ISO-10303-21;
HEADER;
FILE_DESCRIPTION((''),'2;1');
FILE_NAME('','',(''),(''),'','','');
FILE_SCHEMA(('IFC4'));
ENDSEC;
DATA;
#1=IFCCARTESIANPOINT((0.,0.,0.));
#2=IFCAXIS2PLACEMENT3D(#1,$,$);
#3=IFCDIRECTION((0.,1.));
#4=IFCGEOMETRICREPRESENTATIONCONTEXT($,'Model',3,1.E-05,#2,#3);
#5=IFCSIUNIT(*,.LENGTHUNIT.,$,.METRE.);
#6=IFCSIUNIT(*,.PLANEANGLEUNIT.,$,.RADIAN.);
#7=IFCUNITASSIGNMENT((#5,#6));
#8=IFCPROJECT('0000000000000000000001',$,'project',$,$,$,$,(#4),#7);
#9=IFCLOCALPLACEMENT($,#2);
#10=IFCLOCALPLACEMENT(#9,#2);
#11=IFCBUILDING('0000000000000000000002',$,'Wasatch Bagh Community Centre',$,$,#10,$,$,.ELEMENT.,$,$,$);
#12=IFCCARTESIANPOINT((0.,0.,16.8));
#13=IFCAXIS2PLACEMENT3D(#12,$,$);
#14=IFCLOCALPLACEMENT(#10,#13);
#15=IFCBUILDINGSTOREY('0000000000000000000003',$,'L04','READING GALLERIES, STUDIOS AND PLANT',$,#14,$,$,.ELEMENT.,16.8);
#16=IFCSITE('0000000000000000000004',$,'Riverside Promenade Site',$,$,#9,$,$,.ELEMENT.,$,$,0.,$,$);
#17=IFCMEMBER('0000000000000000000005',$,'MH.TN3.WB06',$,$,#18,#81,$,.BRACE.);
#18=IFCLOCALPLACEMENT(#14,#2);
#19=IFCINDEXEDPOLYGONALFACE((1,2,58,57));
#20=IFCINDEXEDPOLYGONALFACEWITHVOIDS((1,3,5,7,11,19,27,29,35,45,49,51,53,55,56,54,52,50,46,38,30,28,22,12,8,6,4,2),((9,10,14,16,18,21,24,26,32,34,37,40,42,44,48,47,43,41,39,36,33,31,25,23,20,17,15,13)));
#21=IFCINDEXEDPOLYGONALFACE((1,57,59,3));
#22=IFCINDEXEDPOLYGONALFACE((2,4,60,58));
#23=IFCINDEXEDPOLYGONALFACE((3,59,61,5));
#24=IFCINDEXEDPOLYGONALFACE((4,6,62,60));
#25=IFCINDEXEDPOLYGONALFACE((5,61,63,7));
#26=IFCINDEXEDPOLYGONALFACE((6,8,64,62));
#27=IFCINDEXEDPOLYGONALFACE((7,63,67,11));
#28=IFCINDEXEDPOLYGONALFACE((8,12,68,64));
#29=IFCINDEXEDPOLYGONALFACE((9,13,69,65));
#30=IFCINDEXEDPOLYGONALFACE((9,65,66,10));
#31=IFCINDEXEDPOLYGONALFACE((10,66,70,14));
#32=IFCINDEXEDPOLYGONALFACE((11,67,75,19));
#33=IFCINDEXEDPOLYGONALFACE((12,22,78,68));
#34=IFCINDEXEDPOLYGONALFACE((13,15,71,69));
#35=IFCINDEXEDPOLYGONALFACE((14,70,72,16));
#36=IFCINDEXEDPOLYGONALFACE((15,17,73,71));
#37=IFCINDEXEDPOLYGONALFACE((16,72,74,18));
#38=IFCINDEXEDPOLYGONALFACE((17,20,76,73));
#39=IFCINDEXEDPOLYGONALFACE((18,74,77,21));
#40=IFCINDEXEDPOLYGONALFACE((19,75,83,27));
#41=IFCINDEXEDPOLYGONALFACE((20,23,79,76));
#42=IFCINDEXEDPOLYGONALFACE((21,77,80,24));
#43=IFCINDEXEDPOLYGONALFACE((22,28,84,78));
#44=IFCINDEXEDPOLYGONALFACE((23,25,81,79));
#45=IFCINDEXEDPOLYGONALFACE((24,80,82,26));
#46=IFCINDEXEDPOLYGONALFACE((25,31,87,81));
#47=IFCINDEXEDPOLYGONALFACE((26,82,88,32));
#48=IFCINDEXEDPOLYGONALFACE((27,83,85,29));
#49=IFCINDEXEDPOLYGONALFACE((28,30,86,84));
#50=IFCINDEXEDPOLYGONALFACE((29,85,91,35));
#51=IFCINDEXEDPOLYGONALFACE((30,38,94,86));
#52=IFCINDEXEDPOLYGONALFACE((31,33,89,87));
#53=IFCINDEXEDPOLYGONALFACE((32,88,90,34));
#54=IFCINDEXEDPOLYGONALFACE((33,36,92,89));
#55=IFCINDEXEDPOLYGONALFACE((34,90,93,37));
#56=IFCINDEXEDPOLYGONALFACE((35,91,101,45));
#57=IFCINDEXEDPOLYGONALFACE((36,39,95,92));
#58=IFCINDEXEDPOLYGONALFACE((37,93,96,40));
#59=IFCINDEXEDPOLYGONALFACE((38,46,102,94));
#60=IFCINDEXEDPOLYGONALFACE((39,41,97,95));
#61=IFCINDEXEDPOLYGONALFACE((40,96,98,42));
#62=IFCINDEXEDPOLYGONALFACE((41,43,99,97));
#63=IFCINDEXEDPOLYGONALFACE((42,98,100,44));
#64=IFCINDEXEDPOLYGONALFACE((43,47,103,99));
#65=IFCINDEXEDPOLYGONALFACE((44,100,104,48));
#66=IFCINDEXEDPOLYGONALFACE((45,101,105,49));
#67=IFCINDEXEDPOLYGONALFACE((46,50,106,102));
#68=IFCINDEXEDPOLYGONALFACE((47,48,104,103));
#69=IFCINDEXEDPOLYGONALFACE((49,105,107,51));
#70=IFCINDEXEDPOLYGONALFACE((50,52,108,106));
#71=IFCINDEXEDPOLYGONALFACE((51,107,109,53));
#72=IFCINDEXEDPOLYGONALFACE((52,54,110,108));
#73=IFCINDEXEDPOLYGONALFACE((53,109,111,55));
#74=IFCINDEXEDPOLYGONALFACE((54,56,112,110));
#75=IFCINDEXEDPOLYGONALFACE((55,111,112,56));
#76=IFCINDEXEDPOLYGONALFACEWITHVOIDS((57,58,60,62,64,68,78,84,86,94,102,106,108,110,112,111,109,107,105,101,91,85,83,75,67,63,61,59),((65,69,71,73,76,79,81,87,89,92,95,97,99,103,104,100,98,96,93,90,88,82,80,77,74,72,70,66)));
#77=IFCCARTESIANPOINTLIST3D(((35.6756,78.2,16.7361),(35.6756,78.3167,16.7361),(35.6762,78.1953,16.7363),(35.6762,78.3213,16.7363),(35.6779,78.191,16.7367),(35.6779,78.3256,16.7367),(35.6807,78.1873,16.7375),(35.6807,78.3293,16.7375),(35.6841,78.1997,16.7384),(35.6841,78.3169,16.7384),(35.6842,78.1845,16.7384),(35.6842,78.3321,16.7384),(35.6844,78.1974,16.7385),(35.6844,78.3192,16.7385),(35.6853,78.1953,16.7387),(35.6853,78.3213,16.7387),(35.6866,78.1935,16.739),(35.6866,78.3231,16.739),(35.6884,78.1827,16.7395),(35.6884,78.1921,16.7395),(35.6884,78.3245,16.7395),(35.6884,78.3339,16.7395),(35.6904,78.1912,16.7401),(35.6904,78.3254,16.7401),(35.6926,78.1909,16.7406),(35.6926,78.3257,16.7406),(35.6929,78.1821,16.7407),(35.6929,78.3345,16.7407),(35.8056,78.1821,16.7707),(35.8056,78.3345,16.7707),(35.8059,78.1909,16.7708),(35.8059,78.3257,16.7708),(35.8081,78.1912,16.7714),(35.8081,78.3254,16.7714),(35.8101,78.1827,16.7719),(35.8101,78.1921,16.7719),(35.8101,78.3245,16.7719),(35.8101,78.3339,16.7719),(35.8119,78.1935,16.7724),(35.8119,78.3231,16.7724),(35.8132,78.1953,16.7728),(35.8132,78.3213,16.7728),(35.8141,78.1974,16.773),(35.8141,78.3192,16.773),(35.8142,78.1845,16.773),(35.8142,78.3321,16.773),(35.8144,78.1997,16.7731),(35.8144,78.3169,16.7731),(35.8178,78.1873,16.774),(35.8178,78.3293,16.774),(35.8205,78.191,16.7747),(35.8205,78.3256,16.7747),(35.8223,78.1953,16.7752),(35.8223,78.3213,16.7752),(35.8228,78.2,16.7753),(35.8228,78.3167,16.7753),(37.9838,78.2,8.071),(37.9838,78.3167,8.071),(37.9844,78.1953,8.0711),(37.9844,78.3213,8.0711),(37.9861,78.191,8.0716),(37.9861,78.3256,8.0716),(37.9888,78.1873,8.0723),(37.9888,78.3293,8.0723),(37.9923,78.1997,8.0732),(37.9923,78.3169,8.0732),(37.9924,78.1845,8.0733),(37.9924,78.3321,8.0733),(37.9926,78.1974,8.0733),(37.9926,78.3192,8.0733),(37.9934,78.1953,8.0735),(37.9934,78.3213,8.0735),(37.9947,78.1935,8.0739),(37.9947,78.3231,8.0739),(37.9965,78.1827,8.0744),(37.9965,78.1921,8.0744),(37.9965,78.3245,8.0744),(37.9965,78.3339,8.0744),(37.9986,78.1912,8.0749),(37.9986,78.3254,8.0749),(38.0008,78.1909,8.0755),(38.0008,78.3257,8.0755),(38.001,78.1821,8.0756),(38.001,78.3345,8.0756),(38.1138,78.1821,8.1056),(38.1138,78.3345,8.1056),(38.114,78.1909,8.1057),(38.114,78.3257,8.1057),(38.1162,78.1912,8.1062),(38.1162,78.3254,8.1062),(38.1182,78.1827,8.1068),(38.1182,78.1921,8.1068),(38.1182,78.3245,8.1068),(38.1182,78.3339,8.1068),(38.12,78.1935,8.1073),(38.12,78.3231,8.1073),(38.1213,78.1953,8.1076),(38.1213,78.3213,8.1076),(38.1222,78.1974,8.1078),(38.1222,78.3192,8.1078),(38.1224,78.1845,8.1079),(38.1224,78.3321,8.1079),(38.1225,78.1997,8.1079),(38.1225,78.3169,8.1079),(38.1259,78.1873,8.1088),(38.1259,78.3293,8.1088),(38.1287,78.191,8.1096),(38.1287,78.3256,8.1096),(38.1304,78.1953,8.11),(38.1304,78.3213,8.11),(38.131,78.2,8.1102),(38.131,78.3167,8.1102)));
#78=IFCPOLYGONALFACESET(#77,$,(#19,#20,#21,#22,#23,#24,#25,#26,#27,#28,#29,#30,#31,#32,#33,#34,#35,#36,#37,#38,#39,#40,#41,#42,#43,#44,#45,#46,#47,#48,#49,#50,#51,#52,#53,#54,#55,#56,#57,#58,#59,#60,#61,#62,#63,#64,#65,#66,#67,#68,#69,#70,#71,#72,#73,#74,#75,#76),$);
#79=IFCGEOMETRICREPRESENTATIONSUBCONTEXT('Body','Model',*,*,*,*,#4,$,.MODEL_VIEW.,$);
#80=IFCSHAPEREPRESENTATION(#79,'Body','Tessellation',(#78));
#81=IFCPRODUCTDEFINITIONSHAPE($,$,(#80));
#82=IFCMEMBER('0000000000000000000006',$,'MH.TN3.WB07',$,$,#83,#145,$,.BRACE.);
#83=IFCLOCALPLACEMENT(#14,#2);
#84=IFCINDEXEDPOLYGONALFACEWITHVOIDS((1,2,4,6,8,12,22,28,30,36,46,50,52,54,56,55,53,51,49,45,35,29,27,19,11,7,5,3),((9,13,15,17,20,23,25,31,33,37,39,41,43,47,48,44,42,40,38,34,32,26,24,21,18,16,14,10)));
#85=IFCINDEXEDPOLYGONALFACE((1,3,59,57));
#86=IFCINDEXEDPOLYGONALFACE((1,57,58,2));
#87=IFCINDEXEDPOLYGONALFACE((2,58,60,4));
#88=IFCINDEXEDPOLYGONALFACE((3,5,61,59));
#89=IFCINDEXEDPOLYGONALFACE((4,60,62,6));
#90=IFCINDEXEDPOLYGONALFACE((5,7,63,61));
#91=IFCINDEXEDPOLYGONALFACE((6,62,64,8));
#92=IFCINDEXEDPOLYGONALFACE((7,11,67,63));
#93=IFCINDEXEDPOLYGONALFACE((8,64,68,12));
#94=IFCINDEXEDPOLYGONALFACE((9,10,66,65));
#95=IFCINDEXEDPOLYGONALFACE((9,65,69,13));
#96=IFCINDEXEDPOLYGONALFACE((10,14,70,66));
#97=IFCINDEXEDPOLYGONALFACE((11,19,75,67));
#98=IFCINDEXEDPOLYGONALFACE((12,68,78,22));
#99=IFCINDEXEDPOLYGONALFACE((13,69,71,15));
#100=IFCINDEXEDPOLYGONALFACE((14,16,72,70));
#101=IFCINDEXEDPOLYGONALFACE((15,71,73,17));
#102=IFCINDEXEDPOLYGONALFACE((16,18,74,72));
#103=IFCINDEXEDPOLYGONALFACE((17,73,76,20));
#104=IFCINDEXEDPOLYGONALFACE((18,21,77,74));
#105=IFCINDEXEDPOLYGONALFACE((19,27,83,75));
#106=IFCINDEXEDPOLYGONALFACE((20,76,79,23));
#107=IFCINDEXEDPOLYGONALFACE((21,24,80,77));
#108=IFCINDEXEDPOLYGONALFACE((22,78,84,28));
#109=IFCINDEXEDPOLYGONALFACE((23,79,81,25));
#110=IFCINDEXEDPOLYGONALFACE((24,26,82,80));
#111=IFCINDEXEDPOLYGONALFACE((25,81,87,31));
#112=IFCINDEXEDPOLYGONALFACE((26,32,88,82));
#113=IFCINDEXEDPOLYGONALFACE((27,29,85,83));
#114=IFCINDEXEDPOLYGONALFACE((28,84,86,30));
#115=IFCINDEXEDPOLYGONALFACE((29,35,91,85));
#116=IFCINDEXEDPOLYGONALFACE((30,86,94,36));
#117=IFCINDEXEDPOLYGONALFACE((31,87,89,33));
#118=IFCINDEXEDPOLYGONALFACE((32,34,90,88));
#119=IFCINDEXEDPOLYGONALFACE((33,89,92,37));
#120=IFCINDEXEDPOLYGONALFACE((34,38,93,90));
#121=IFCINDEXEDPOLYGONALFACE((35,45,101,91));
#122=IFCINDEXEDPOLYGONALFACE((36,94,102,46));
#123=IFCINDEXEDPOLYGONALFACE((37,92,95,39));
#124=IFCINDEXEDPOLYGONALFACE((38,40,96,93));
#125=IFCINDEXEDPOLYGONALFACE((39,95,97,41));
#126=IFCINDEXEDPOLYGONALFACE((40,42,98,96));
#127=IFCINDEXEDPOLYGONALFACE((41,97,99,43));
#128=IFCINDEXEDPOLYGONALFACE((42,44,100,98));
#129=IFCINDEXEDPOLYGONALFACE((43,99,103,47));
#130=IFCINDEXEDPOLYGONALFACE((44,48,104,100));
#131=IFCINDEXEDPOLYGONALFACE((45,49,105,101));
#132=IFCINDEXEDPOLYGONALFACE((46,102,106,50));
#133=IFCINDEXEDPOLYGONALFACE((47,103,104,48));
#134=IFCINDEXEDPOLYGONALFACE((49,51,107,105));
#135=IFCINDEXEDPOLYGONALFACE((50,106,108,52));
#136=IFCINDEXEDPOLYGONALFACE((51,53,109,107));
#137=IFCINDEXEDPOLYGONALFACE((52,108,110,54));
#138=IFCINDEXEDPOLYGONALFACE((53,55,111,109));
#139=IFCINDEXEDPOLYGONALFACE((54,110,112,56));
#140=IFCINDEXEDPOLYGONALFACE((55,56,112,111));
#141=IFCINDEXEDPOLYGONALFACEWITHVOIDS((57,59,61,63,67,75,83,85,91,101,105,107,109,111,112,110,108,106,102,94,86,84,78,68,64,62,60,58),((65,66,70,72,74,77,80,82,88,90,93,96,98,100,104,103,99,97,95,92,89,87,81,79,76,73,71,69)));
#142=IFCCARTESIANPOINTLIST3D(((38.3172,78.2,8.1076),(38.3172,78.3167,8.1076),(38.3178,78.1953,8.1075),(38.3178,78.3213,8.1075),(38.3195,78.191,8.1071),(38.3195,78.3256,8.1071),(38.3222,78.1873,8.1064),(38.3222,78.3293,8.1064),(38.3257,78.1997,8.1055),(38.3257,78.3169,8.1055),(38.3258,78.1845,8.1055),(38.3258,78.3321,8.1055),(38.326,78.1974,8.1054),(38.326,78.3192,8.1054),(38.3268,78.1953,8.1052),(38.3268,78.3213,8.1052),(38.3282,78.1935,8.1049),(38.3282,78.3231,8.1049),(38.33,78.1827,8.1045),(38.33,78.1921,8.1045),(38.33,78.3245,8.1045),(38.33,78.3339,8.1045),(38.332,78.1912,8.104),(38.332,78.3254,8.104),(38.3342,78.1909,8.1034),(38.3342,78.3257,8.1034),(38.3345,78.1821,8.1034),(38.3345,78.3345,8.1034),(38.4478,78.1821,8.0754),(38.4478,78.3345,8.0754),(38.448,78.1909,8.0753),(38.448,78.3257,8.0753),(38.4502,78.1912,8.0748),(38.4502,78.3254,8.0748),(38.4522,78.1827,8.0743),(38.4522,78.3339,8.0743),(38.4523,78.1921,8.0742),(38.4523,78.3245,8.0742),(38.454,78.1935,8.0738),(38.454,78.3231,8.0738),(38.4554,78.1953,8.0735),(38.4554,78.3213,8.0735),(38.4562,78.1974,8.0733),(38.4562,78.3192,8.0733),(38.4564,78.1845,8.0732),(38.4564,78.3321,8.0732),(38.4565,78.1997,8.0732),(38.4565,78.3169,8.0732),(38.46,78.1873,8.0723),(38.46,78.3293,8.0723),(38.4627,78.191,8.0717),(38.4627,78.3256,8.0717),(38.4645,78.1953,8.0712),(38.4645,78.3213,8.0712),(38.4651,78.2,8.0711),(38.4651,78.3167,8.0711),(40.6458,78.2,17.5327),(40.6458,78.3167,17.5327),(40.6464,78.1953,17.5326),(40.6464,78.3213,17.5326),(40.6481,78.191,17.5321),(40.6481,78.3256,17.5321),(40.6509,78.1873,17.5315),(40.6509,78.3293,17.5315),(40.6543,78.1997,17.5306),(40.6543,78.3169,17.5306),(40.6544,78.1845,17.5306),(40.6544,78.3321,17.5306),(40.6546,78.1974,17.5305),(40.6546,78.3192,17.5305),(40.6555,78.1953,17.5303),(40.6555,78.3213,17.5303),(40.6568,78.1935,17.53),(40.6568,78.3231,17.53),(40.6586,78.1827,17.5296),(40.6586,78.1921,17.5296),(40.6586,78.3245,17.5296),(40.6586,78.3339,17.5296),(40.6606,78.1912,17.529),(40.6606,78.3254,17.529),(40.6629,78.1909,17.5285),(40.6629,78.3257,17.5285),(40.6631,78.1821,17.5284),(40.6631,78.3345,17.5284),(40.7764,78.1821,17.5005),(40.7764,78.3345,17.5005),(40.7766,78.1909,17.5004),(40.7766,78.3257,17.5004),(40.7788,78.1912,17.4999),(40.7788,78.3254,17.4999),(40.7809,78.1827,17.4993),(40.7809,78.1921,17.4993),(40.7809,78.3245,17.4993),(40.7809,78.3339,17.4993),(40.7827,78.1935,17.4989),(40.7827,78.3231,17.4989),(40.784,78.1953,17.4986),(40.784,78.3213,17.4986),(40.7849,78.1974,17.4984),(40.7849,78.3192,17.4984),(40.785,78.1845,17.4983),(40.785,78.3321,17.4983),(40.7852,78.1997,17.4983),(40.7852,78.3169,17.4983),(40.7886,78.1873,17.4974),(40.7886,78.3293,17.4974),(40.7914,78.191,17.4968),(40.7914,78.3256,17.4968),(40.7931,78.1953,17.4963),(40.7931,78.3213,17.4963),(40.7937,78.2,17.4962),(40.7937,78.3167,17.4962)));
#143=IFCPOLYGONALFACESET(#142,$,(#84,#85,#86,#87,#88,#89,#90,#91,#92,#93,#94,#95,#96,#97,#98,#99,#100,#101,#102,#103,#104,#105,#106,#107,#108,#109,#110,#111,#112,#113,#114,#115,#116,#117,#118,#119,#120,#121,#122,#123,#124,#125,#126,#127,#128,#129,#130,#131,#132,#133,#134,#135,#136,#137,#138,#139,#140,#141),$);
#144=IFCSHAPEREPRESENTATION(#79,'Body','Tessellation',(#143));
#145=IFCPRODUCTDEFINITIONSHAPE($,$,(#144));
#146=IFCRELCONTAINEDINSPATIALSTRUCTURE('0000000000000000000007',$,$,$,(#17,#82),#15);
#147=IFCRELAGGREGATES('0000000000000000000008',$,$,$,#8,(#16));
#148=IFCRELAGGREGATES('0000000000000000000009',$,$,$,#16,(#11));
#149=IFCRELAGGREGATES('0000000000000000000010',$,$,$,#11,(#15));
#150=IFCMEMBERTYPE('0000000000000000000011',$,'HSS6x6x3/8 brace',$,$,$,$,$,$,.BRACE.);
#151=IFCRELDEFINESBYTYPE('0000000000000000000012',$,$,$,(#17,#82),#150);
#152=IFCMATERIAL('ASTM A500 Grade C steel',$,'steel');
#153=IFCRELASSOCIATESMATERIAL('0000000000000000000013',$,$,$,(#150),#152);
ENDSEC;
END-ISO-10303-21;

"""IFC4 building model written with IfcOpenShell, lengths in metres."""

from ifc_helpers import new_model, si_unit, direction, frame, origin, origin_2d, place, context, subcontext, project, spatial, hollow_rectangle, extrude, material, material_profile, profile_set, type_object, element, save


model = new_model("IFC4")

# Units and contexts
model_context = context("Model", 3, precision=1e-05, world=origin(), true_north=direction((0.0, 1.0)))
body_context = subcontext(model_context, "Body", "Model", "MODEL_VIEW")
ifc_project = project(units=[si_unit("LENGTHUNIT", "METRE"), si_unit("PLANEANGLEUNIT", "RADIAN")], contexts=[model_context])

# Site, building, storey
site_placement = place(None, origin())
site = spatial("IfcSite", under=ifc_project, at=site_placement, Name="Riverside Promenade Site", CompositionType="ELEMENT", RefElevation=0.0)
building_placement = place(site_placement, origin())
building = spatial("IfcBuilding", under=site, at=building_placement, Name="Wasatch Bagh Community Centre", CompositionType="ELEMENT")
storey_placement = place(building_placement, frame((0.0, 0.0, 16.8)))
storey = spatial("IfcBuildingStorey", under=building, at=storey_placement, Name="L04", Description="READING GALLERIES, STUDIOS AND PLANT", CompositionType="ELEMENT", Elevation=16.8)

# Members
ifc_material_1 = material(Name="ASTM A500 Grade C steel", Category="steel")
ifc_material_profile_1 = material_profile(ifc_material_1, hollow_rectangle(XDim=0.1523, YDim=0.1523, WallThickness=0.0088, InnerFilletRadius=0.0088, OuterFilletRadius=0.0178, at=origin_2d()), Name="HSS6x6x3/8")
ifc_profile_set_1 = profile_set([ifc_material_profile_1], Name="ASTM A500 Grade C steel")
member_type_1 = type_object("IfcMemberType", Name="HSS6x6x3/8 brace", PredefinedType="BRACE", material=ifc_profile_set_1)
member_1_placement = place(storey_placement, frame((38.0574, 78.2583, 8.0906), z_axis=(-0.257395, 0.0, 0.966306), x_axis=(0.0, -1.0, 0.0)))
element("IfcMember", 1, at=member_1_placement, inside=storey, type_object=member_type_1, Name="MH.TN3.WB06", PredefinedType="BRACE", context=body_context, shape_type="SweptSolid", body=[
    extrude(hollow_rectangle(XDim=0.1523, YDim=0.1523, WallThickness=0.0088, InnerFilletRadius=0.0088, OuterFilletRadius=0.0178, at=origin_2d()), origin(), (0.0, 0.0, 1.0), 8.9673),
])
member_2_placement = place(storey_placement, frame((38.3911, 78.2583, 8.0894), z_axis=(0.239854, 0.0, 0.970809), x_axis=(0.0, 1.0, 0.0)))
element("IfcMember", 2, at=member_2_placement, inside=storey, type_object=member_type_1, Name="MH.TN3.WB07", PredefinedType="BRACE", context=body_context, shape_type="SweptSolid", body=[
    extrude(hollow_rectangle(XDim=0.1523, YDim=0.1523, WallThickness=0.0088, InnerFilletRadius=0.0088, OuterFilletRadius=0.0178, at=origin_2d()), origin(), (0.0, 0.0, 1.0), 9.7085),
])

save(model, "model.ifc")
